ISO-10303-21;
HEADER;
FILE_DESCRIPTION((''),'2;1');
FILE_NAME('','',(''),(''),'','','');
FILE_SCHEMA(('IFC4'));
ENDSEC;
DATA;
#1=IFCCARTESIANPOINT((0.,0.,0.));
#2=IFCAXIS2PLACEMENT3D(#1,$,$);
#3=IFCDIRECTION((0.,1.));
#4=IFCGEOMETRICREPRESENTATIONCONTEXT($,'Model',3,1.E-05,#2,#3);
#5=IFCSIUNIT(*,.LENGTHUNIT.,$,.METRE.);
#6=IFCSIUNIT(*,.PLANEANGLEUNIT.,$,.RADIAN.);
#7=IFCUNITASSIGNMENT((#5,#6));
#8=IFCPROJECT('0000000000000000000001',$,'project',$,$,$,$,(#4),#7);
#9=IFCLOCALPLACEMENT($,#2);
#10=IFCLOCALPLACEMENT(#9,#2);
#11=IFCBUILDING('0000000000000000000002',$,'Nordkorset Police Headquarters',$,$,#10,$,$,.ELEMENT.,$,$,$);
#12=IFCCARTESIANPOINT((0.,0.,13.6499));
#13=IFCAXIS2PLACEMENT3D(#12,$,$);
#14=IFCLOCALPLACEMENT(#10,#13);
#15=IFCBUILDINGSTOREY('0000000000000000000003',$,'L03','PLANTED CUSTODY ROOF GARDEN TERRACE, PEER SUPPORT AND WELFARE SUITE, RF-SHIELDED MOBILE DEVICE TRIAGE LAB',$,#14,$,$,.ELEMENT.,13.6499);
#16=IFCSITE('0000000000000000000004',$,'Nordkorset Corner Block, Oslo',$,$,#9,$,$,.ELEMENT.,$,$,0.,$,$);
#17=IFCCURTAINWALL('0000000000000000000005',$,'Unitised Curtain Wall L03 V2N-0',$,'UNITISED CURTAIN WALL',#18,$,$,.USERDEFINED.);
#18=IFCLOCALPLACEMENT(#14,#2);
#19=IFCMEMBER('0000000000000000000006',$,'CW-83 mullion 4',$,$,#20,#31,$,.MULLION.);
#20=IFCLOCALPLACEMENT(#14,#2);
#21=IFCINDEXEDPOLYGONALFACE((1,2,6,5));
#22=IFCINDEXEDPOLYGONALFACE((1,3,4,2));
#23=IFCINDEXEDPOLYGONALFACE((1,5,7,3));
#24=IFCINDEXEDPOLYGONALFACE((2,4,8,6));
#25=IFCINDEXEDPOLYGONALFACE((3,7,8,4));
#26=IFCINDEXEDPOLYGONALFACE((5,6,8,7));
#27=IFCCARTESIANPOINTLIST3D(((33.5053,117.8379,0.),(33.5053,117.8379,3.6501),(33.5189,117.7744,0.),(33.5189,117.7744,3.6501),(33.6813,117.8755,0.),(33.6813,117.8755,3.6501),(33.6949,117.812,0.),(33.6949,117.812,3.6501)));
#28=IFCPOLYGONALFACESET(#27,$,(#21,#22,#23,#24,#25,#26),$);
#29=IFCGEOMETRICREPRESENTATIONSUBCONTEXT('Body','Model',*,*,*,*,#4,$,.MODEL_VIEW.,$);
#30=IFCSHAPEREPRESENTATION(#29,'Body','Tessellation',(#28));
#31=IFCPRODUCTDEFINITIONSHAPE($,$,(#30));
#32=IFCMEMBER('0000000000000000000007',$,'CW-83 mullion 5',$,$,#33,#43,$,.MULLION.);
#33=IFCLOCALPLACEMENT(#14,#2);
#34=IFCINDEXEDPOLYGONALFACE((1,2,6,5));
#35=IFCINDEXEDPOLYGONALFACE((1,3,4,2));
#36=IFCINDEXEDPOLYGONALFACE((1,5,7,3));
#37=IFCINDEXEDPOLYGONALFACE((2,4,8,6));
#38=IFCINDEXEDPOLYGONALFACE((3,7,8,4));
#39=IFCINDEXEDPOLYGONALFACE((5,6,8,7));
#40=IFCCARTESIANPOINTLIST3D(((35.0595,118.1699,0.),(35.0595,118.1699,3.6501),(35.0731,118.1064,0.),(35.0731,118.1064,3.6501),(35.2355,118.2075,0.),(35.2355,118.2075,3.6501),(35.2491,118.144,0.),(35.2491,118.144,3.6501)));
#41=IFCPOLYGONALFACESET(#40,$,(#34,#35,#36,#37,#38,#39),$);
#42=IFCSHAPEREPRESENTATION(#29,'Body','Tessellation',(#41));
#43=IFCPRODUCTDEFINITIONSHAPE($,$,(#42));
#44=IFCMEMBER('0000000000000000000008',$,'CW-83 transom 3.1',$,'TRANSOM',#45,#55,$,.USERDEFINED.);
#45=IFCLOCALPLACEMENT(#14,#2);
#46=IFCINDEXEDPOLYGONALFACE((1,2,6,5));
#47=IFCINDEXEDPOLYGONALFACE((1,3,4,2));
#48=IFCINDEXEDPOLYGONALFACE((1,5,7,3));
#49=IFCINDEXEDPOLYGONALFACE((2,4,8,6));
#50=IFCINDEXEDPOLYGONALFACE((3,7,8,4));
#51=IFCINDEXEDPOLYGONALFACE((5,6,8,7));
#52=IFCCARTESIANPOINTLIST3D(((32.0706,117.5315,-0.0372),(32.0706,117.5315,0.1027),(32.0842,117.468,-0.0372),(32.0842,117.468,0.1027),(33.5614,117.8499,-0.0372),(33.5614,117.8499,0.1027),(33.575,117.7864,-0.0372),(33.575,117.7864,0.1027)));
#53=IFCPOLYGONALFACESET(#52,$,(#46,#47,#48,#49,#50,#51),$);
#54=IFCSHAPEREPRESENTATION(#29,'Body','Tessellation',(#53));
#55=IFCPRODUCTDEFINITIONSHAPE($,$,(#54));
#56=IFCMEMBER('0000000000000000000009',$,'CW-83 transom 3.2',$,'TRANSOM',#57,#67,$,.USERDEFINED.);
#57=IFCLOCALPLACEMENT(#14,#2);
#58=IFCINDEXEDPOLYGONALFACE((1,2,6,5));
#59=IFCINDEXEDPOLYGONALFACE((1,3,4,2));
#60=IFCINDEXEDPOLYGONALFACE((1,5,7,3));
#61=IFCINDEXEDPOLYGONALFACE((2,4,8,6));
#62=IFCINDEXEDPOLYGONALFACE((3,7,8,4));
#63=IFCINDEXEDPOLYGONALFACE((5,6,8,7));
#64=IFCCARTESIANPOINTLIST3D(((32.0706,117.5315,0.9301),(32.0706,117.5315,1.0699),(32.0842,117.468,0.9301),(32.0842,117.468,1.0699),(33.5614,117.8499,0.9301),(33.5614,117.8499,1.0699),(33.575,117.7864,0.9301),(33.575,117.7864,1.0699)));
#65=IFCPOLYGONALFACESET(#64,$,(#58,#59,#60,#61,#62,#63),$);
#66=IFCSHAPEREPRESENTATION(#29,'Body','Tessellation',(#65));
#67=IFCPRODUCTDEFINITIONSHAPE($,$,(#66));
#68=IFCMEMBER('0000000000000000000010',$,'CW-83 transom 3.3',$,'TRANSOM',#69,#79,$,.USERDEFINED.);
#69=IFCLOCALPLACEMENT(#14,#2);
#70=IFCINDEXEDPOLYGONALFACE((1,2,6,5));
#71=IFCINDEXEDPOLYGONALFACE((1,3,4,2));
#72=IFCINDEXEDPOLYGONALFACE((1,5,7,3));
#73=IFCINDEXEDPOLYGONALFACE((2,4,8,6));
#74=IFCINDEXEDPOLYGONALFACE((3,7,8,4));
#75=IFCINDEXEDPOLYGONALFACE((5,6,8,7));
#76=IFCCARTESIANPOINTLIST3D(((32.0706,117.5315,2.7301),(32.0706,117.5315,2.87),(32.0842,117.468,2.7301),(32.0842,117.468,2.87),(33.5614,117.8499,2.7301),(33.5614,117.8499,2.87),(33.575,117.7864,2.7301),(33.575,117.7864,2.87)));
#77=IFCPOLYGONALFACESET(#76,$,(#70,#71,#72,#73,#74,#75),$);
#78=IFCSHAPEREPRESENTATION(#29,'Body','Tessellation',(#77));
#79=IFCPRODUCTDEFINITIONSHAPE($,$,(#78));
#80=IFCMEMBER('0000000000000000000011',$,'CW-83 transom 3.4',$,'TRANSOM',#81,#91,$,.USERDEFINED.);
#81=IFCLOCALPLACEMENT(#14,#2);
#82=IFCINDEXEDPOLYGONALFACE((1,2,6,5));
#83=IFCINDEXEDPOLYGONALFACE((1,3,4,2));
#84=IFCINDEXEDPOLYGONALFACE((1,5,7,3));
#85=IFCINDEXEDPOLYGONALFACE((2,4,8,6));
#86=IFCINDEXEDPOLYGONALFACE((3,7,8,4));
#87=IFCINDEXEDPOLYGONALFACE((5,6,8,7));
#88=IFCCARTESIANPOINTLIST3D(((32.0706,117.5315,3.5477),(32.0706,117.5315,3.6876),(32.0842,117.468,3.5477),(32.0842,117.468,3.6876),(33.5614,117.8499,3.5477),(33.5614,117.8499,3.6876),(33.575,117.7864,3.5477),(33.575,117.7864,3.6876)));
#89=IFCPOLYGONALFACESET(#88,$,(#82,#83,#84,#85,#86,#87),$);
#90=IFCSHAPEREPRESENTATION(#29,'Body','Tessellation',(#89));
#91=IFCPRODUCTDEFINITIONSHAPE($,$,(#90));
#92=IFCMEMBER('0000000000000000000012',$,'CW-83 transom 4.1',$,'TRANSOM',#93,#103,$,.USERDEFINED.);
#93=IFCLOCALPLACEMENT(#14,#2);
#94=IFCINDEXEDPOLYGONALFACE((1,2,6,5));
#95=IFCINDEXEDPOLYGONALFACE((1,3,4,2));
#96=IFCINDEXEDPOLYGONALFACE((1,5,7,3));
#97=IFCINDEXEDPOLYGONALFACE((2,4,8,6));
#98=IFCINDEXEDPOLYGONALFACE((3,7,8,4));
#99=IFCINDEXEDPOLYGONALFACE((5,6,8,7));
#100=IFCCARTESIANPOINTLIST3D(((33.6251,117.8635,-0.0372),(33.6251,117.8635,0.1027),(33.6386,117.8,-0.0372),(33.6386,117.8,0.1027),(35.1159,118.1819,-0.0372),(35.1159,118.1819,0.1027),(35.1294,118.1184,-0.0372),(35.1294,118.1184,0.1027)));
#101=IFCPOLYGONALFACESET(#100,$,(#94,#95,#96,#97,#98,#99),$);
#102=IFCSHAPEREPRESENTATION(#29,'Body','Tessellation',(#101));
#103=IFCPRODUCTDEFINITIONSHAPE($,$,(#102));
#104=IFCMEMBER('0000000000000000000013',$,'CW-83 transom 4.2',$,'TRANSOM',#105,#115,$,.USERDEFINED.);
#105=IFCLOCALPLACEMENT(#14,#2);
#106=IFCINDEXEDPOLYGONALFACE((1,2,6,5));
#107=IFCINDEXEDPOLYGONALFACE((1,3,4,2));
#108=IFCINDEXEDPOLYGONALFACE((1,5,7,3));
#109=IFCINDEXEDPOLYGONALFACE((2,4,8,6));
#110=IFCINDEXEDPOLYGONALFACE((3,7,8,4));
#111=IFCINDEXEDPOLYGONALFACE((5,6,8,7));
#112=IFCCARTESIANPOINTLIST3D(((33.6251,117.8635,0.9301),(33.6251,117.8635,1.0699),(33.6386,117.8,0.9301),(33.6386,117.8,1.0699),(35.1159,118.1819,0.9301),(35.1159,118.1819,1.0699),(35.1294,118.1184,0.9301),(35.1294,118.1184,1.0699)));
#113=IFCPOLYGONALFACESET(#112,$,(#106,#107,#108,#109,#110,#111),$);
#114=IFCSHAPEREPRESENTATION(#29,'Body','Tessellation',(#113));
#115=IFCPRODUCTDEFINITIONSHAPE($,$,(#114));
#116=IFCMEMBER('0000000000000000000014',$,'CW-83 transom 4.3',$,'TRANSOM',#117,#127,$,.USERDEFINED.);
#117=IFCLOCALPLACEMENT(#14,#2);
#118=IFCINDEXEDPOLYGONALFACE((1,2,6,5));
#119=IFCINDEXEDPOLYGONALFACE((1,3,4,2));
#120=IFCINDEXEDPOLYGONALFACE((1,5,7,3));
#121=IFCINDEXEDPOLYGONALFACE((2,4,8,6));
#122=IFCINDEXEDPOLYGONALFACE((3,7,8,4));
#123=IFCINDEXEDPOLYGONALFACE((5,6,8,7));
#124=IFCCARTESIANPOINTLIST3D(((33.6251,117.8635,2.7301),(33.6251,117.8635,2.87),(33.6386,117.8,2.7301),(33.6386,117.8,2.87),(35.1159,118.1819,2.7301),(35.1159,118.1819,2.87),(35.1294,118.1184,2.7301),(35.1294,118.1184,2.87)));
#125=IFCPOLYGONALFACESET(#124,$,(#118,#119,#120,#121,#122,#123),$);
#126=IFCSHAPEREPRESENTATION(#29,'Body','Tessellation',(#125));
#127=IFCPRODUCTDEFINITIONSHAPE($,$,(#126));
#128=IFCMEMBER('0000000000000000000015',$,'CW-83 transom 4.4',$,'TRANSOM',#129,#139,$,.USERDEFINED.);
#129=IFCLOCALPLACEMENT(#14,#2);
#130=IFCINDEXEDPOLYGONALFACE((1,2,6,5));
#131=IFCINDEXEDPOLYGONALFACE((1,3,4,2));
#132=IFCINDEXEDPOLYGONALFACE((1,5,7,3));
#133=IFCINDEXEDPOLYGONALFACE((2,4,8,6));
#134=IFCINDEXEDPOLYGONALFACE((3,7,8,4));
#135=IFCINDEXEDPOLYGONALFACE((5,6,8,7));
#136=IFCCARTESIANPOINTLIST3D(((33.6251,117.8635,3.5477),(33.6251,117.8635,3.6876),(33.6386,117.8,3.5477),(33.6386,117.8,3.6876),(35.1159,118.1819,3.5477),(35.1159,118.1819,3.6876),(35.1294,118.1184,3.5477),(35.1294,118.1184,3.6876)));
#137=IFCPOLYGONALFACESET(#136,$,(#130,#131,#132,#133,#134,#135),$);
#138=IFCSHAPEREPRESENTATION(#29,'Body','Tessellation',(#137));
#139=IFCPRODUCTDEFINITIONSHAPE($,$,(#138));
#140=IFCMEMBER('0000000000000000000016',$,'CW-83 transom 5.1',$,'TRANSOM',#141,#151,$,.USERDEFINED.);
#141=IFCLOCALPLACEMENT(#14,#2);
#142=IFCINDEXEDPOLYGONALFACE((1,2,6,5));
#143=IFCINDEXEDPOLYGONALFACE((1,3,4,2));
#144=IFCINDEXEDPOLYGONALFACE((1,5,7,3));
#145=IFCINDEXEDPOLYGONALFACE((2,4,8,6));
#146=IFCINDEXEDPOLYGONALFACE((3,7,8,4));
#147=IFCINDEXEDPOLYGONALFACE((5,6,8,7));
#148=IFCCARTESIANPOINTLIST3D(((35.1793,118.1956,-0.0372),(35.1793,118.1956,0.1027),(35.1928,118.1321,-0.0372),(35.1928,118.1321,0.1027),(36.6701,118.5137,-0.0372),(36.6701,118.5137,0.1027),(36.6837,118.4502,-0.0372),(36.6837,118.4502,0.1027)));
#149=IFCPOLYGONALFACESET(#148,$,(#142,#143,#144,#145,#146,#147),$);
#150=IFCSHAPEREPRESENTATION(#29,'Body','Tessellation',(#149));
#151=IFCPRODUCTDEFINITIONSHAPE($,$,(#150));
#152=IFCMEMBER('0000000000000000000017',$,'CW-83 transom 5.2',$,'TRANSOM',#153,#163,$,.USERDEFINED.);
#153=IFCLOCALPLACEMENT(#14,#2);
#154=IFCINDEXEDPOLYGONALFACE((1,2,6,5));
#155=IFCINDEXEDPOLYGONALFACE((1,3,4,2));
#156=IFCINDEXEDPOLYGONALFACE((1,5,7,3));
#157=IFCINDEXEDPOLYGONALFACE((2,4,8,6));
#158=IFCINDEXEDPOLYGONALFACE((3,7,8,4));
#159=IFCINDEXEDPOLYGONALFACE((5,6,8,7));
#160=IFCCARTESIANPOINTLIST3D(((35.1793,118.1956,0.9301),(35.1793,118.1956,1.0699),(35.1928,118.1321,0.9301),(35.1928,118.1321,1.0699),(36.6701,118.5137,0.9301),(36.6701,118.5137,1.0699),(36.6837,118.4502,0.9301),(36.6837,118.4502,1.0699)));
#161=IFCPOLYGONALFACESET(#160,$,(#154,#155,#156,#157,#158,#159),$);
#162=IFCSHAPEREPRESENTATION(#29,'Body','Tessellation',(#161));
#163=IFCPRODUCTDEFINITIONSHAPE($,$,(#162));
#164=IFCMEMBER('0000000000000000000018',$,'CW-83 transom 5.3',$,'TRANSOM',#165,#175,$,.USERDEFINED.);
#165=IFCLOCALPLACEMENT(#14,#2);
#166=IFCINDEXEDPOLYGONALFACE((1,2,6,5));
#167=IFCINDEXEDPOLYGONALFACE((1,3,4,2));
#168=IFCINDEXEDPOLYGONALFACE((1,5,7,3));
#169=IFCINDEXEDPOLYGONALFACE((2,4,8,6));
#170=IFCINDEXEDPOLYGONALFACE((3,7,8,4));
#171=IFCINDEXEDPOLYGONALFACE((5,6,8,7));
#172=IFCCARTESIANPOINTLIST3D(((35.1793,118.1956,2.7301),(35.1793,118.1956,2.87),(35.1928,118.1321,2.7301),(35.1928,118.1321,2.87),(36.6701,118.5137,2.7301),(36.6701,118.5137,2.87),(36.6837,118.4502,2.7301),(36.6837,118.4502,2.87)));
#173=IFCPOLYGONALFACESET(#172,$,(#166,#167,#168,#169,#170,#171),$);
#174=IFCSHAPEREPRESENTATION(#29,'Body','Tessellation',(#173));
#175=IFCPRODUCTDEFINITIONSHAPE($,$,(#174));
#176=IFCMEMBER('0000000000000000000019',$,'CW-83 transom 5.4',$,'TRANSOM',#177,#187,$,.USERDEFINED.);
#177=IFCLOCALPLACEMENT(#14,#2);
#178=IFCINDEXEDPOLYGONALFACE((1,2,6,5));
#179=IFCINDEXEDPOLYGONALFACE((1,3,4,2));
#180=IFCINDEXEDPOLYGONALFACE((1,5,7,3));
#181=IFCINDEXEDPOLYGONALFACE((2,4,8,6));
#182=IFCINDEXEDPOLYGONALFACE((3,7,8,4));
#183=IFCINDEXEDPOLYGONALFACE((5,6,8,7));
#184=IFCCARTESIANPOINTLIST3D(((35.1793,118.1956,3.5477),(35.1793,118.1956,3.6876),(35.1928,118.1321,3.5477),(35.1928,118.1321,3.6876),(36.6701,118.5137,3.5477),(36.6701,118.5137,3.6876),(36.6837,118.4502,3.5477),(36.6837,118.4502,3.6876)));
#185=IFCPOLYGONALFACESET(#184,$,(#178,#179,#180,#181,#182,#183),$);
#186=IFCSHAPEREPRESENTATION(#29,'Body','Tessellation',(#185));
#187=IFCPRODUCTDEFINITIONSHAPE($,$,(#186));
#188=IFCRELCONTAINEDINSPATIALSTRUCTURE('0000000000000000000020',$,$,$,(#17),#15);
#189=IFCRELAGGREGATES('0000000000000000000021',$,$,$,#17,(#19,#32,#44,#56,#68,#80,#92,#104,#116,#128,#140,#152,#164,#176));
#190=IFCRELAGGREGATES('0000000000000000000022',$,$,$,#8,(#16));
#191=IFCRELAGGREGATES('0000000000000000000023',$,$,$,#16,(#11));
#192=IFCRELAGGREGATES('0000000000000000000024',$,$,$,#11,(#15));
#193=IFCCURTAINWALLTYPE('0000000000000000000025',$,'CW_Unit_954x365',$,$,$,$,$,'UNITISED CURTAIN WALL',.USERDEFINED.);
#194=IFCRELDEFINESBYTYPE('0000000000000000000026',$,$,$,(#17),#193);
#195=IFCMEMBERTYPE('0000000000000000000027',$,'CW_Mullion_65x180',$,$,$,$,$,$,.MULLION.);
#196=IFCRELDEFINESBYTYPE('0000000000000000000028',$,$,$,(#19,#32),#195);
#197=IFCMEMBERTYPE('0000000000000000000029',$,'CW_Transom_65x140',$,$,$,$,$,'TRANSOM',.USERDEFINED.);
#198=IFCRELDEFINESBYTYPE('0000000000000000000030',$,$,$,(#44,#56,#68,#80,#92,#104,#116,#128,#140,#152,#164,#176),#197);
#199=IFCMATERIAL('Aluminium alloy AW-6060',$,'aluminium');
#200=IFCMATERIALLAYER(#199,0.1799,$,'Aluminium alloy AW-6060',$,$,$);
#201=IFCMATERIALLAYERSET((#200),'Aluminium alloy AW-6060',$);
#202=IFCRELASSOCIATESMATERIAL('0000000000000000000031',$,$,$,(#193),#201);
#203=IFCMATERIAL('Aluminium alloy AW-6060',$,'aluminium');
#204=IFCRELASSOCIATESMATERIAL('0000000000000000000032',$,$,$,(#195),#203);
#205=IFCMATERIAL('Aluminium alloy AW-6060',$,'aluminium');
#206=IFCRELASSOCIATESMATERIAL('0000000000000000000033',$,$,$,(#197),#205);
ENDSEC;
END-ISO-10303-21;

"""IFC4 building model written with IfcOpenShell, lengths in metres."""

from ifc_helpers import new_model, si_unit, direction, frame, origin, origin_2d, place, context, subcontext, project, spatial, rectangle, extrude, material, layer, layer_set, material_profile, profile_set, type_object, element, aggregate, save


model = new_model("IFC4")

# Units and contexts
model_context = context("Model", 3, precision=1e-05, world=origin(), true_north=direction((0.0, 1.0)))
body_context = subcontext(model_context, "Body", "Model", "MODEL_VIEW")
ifc_project = project(units=[si_unit("LENGTHUNIT", "METRE"), si_unit("PLANEANGLEUNIT", "RADIAN")], contexts=[model_context])

# Site, building, storey
site_placement = place(None, origin())
site = spatial("IfcSite", under=ifc_project, at=site_placement, Name="Nordkorset Corner Block, Oslo", CompositionType="ELEMENT", RefElevation=0.0)
building_placement = place(site_placement, origin())
building = spatial("IfcBuilding", under=site, at=building_placement, Name="Nordkorset Police Headquarters", CompositionType="ELEMENT")
storey_placement = place(building_placement, frame((0.0, 0.0, 13.6499)))
storey = spatial("IfcBuildingStorey", under=building, at=storey_placement, Name="L03", Description="PLANTED CUSTODY ROOF GARDEN TERRACE, PEER SUPPORT AND WELFARE SUITE, RF-SHIELDED MOBILE DEVICE TRIAGE LAB", CompositionType="ELEMENT", Elevation=13.6499)

# Curtain wall, members
ifc_material_1 = material(Name="Aluminium alloy AW-6060", Category="aluminium")
ifc_layer_1 = layer(ifc_material_1, 0.1799, Name="Aluminium alloy AW-6060")
ifc_layer_set_1 = layer_set([ifc_layer_1], Name="Aluminium alloy AW-6060")
curtain_wall_type = type_object("IfcCurtainWallType", Name="CW_Unit_954x365", ElementType="UNITISED CURTAIN WALL", PredefinedType="USERDEFINED", material=ifc_layer_set_1)
curtain_wall_placement = place(storey_placement, origin())
curtain_wall = element("IfcCurtainWall", 1, at=curtain_wall_placement, inside=storey, type_object=curtain_wall_type, Name="Unitised Curtain Wall L03 V2N-0", ObjectType="UNITISED CURTAIN WALL", PredefinedType="USERDEFINED")
ifc_material_2 = material(Name="Aluminium alloy AW-6060", Category="aluminium")
ifc_material_profile_1 = material_profile(ifc_material_2, rectangle(XDim=0.0649, YDim=0.1799, at=origin_2d()), Name="ALU MULL 65x180")
ifc_profile_set_1 = profile_set([ifc_material_profile_1], Name="Aluminium alloy AW-6060")
member_type_1 = type_object("IfcMemberType", Name="CW_Mullion_65x180", PredefinedType="MULLION", material=ifc_profile_set_1)
member_1_placement = place(storey_placement, frame((33.6001, 117.825, 0.0), z_axis=(0.0, 0.0, 1.0), x_axis=(-0.208833, 0.977951, 0.0)))
member_1 = element("IfcMember", 2, at=member_1_placement, type_object=member_type_1, Name="CW-83 mullion 4", PredefinedType="MULLION", context=body_context, shape_type="SweptSolid", body=[
    extrude(rectangle(XDim=0.0649, YDim=0.1799, at=origin_2d()), origin(), (0.0, 0.0, 1.0), 3.6501),
])
member_2_placement = place(storey_placement, frame((35.1543, 118.157, 0.0), z_axis=(0.0, 0.0, 1.0), x_axis=(-0.208833, 0.977951, 0.0)))
member_2 = element("IfcMember", 3, at=member_2_placement, type_object=member_type_1, Name="CW-83 mullion 5", PredefinedType="MULLION", context=body_context, shape_type="SweptSolid", body=[
    extrude(rectangle(XDim=0.0649, YDim=0.1799, at=origin_2d()), origin(), (0.0, 0.0, 1.0), 3.6501),
])
ifc_material_3 = material(Name="Aluminium alloy AW-6060", Category="aluminium")
ifc_material_profile_2 = material_profile(ifc_material_3, rectangle(XDim=0.0649, YDim=0.1399, at=origin_2d()), Name="ALU TRAN 65x140")
ifc_profile_set_2 = profile_set([ifc_material_profile_2], Name="Aluminium alloy AW-6060")
member_type_2 = type_object("IfcMemberType", Name="CW_Transom_65x140", ElementType="TRANSOM", PredefinedType="USERDEFINED", material=ifc_profile_set_2)
member_3_placement = place(storey_placement, frame((32.0774, 117.4998, 0.0327), z_axis=(0.977947, 0.208851, 0.0), x_axis=(-0.208851, 0.977947, 0.0)))
member_3 = element("IfcMember", 4, at=member_3_placement, type_object=member_type_2, Name="CW-83 transom 3.1", ObjectType="TRANSOM", PredefinedType="USERDEFINED", context=body_context, shape_type="SweptSolid", body=[
    extrude(rectangle(XDim=0.0649, YDim=0.1399, at=origin_2d()), origin(), (0.0, 0.0, 1.0), 1.5244),
])
member_4_placement = place(storey_placement, frame((32.0774, 117.4998, 1.0), z_axis=(0.977947, 0.208851, 0.0), x_axis=(-0.208851, 0.977947, 0.0)))
member_4 = element("IfcMember", 5, at=member_4_placement, type_object=member_type_2, Name="CW-83 transom 3.2", ObjectType="TRANSOM", PredefinedType="USERDEFINED", context=body_context, shape_type="SweptSolid", body=[
    extrude(rectangle(XDim=0.0649, YDim=0.1399, at=origin_2d()), origin(), (0.0, 0.0, 1.0), 1.5244),
])
member_5_placement = place(storey_placement, frame((32.0774, 117.4998, 2.8), z_axis=(0.977947, 0.208851, 0.0), x_axis=(-0.208851, 0.977947, 0.0)))
member_5 = element("IfcMember", 6, at=member_5_placement, type_object=member_type_2, Name="CW-83 transom 3.3", ObjectType="TRANSOM", PredefinedType="USERDEFINED", context=body_context, shape_type="SweptSolid", body=[
    extrude(rectangle(XDim=0.0649, YDim=0.1399, at=origin_2d()), origin(), (0.0, 0.0, 1.0), 1.5244),
])
member_6_placement = place(storey_placement, frame((32.0774, 117.4998, 3.6177), z_axis=(0.977947, 0.208851, 0.0), x_axis=(-0.208851, 0.977947, 0.0)))
member_6 = element("IfcMember", 7, at=member_6_placement, type_object=member_type_2, Name="CW-83 transom 3.4", ObjectType="TRANSOM", PredefinedType="USERDEFINED", context=body_context, shape_type="SweptSolid", body=[
    extrude(rectangle(XDim=0.0649, YDim=0.1399, at=origin_2d()), origin(), (0.0, 0.0, 1.0), 1.5244),
])
member_7_placement = place(storey_placement, frame((33.6318, 117.8318, 0.0327), z_axis=(0.977947, 0.208851, 0.0), x_axis=(-0.208851, 0.977947, 0.0)))
member_7 = element("IfcMember", 8, at=member_7_placement, type_object=member_type_2, Name="CW-83 transom 4.1", ObjectType="TRANSOM", PredefinedType="USERDEFINED", context=body_context, shape_type="SweptSolid", body=[
    extrude(rectangle(XDim=0.0649, YDim=0.1399, at=origin_2d()), origin(), (0.0, 0.0, 1.0), 1.5244),
])
member_8_placement = place(storey_placement, frame((33.6318, 117.8318, 1.0), z_axis=(0.977947, 0.208851, 0.0), x_axis=(-0.208851, 0.977947, 0.0)))
member_8 = element("IfcMember", 9, at=member_8_placement, type_object=member_type_2, Name="CW-83 transom 4.2", ObjectType="TRANSOM", PredefinedType="USERDEFINED", context=body_context, shape_type="SweptSolid", body=[
    extrude(rectangle(XDim=0.0649, YDim=0.1399, at=origin_2d()), origin(), (0.0, 0.0, 1.0), 1.5244),
])
member_9_placement = place(storey_placement, frame((33.6318, 117.8318, 2.8), z_axis=(0.977947, 0.208851, 0.0), x_axis=(-0.208851, 0.977947, 0.0)))
member_9 = element("IfcMember", 10, at=member_9_placement, type_object=member_type_2, Name="CW-83 transom 4.3", ObjectType="TRANSOM", PredefinedType="USERDEFINED", context=body_context, shape_type="SweptSolid", body=[
    extrude(rectangle(XDim=0.0649, YDim=0.1399, at=origin_2d()), origin(), (0.0, 0.0, 1.0), 1.5244),
])
member_10_placement = place(storey_placement, frame((33.6318, 117.8318, 3.6177), z_axis=(0.977947, 0.208851, 0.0), x_axis=(-0.208851, 0.977947, 0.0)))
member_10 = element("IfcMember", 11, at=member_10_placement, type_object=member_type_2, Name="CW-83 transom 4.4", ObjectType="TRANSOM", PredefinedType="USERDEFINED", context=body_context, shape_type="SweptSolid", body=[
    extrude(rectangle(XDim=0.0649, YDim=0.1399, at=origin_2d()), origin(), (0.0, 0.0, 1.0), 1.5244),
])
member_11_placement = place(storey_placement, frame((35.186, 118.1638, 0.0327), z_axis=(0.977987, 0.208665, 0.0), x_axis=(-0.208665, 0.977987, 0.0)))
member_11 = element("IfcMember", 12, at=member_11_placement, type_object=member_type_2, Name="CW-83 transom 5.1", ObjectType="TRANSOM", PredefinedType="USERDEFINED", context=body_context, shape_type="SweptSolid", body=[
    extrude(rectangle(XDim=0.0649, YDim=0.1399, at=origin_2d()), origin(), (0.0, 0.0, 1.0), 1.5244),
])
member_12_placement = place(storey_placement, frame((35.186, 118.1638, 1.0), z_axis=(0.977987, 0.208665, 0.0), x_axis=(-0.208665, 0.977987, 0.0)))
member_12 = element("IfcMember", 13, at=member_12_placement, type_object=member_type_2, Name="CW-83 transom 5.2", ObjectType="TRANSOM", PredefinedType="USERDEFINED", context=body_context, shape_type="SweptSolid", body=[
    extrude(rectangle(XDim=0.0649, YDim=0.1399, at=origin_2d()), origin(), (0.0, 0.0, 1.0), 1.5244),
])
member_13_placement = place(storey_placement, frame((35.186, 118.1638, 2.8), z_axis=(0.977987, 0.208665, 0.0), x_axis=(-0.208665, 0.977987, 0.0)))
member_13 = element("IfcMember", 14, at=member_13_placement, type_object=member_type_2, Name="CW-83 transom 5.3", ObjectType="TRANSOM", PredefinedType="USERDEFINED", context=body_context, shape_type="SweptSolid", body=[
    extrude(rectangle(XDim=0.0649, YDim=0.1399, at=origin_2d()), origin(), (0.0, 0.0, 1.0), 1.5244),
])
member_14_placement = place(storey_placement, frame((35.186, 118.1638, 3.6177), z_axis=(0.977987, 0.208665, 0.0), x_axis=(-0.208665, 0.977987, 0.0)))
member_14 = element("IfcMember", 15, at=member_14_placement, type_object=member_type_2, Name="CW-83 transom 5.4", ObjectType="TRANSOM", PredefinedType="USERDEFINED", context=body_context, shape_type="SweptSolid", body=[
    extrude(rectangle(XDim=0.0649, YDim=0.1399, at=origin_2d()), origin(), (0.0, 0.0, 1.0), 1.5244),
])
aggregate(curtain_wall, [member_1, member_2, member_3, member_4, member_5, member_6, member_7, member_8, member_9, member_10, member_11, member_12, member_13, member_14])

save(model, "model.ifc")
